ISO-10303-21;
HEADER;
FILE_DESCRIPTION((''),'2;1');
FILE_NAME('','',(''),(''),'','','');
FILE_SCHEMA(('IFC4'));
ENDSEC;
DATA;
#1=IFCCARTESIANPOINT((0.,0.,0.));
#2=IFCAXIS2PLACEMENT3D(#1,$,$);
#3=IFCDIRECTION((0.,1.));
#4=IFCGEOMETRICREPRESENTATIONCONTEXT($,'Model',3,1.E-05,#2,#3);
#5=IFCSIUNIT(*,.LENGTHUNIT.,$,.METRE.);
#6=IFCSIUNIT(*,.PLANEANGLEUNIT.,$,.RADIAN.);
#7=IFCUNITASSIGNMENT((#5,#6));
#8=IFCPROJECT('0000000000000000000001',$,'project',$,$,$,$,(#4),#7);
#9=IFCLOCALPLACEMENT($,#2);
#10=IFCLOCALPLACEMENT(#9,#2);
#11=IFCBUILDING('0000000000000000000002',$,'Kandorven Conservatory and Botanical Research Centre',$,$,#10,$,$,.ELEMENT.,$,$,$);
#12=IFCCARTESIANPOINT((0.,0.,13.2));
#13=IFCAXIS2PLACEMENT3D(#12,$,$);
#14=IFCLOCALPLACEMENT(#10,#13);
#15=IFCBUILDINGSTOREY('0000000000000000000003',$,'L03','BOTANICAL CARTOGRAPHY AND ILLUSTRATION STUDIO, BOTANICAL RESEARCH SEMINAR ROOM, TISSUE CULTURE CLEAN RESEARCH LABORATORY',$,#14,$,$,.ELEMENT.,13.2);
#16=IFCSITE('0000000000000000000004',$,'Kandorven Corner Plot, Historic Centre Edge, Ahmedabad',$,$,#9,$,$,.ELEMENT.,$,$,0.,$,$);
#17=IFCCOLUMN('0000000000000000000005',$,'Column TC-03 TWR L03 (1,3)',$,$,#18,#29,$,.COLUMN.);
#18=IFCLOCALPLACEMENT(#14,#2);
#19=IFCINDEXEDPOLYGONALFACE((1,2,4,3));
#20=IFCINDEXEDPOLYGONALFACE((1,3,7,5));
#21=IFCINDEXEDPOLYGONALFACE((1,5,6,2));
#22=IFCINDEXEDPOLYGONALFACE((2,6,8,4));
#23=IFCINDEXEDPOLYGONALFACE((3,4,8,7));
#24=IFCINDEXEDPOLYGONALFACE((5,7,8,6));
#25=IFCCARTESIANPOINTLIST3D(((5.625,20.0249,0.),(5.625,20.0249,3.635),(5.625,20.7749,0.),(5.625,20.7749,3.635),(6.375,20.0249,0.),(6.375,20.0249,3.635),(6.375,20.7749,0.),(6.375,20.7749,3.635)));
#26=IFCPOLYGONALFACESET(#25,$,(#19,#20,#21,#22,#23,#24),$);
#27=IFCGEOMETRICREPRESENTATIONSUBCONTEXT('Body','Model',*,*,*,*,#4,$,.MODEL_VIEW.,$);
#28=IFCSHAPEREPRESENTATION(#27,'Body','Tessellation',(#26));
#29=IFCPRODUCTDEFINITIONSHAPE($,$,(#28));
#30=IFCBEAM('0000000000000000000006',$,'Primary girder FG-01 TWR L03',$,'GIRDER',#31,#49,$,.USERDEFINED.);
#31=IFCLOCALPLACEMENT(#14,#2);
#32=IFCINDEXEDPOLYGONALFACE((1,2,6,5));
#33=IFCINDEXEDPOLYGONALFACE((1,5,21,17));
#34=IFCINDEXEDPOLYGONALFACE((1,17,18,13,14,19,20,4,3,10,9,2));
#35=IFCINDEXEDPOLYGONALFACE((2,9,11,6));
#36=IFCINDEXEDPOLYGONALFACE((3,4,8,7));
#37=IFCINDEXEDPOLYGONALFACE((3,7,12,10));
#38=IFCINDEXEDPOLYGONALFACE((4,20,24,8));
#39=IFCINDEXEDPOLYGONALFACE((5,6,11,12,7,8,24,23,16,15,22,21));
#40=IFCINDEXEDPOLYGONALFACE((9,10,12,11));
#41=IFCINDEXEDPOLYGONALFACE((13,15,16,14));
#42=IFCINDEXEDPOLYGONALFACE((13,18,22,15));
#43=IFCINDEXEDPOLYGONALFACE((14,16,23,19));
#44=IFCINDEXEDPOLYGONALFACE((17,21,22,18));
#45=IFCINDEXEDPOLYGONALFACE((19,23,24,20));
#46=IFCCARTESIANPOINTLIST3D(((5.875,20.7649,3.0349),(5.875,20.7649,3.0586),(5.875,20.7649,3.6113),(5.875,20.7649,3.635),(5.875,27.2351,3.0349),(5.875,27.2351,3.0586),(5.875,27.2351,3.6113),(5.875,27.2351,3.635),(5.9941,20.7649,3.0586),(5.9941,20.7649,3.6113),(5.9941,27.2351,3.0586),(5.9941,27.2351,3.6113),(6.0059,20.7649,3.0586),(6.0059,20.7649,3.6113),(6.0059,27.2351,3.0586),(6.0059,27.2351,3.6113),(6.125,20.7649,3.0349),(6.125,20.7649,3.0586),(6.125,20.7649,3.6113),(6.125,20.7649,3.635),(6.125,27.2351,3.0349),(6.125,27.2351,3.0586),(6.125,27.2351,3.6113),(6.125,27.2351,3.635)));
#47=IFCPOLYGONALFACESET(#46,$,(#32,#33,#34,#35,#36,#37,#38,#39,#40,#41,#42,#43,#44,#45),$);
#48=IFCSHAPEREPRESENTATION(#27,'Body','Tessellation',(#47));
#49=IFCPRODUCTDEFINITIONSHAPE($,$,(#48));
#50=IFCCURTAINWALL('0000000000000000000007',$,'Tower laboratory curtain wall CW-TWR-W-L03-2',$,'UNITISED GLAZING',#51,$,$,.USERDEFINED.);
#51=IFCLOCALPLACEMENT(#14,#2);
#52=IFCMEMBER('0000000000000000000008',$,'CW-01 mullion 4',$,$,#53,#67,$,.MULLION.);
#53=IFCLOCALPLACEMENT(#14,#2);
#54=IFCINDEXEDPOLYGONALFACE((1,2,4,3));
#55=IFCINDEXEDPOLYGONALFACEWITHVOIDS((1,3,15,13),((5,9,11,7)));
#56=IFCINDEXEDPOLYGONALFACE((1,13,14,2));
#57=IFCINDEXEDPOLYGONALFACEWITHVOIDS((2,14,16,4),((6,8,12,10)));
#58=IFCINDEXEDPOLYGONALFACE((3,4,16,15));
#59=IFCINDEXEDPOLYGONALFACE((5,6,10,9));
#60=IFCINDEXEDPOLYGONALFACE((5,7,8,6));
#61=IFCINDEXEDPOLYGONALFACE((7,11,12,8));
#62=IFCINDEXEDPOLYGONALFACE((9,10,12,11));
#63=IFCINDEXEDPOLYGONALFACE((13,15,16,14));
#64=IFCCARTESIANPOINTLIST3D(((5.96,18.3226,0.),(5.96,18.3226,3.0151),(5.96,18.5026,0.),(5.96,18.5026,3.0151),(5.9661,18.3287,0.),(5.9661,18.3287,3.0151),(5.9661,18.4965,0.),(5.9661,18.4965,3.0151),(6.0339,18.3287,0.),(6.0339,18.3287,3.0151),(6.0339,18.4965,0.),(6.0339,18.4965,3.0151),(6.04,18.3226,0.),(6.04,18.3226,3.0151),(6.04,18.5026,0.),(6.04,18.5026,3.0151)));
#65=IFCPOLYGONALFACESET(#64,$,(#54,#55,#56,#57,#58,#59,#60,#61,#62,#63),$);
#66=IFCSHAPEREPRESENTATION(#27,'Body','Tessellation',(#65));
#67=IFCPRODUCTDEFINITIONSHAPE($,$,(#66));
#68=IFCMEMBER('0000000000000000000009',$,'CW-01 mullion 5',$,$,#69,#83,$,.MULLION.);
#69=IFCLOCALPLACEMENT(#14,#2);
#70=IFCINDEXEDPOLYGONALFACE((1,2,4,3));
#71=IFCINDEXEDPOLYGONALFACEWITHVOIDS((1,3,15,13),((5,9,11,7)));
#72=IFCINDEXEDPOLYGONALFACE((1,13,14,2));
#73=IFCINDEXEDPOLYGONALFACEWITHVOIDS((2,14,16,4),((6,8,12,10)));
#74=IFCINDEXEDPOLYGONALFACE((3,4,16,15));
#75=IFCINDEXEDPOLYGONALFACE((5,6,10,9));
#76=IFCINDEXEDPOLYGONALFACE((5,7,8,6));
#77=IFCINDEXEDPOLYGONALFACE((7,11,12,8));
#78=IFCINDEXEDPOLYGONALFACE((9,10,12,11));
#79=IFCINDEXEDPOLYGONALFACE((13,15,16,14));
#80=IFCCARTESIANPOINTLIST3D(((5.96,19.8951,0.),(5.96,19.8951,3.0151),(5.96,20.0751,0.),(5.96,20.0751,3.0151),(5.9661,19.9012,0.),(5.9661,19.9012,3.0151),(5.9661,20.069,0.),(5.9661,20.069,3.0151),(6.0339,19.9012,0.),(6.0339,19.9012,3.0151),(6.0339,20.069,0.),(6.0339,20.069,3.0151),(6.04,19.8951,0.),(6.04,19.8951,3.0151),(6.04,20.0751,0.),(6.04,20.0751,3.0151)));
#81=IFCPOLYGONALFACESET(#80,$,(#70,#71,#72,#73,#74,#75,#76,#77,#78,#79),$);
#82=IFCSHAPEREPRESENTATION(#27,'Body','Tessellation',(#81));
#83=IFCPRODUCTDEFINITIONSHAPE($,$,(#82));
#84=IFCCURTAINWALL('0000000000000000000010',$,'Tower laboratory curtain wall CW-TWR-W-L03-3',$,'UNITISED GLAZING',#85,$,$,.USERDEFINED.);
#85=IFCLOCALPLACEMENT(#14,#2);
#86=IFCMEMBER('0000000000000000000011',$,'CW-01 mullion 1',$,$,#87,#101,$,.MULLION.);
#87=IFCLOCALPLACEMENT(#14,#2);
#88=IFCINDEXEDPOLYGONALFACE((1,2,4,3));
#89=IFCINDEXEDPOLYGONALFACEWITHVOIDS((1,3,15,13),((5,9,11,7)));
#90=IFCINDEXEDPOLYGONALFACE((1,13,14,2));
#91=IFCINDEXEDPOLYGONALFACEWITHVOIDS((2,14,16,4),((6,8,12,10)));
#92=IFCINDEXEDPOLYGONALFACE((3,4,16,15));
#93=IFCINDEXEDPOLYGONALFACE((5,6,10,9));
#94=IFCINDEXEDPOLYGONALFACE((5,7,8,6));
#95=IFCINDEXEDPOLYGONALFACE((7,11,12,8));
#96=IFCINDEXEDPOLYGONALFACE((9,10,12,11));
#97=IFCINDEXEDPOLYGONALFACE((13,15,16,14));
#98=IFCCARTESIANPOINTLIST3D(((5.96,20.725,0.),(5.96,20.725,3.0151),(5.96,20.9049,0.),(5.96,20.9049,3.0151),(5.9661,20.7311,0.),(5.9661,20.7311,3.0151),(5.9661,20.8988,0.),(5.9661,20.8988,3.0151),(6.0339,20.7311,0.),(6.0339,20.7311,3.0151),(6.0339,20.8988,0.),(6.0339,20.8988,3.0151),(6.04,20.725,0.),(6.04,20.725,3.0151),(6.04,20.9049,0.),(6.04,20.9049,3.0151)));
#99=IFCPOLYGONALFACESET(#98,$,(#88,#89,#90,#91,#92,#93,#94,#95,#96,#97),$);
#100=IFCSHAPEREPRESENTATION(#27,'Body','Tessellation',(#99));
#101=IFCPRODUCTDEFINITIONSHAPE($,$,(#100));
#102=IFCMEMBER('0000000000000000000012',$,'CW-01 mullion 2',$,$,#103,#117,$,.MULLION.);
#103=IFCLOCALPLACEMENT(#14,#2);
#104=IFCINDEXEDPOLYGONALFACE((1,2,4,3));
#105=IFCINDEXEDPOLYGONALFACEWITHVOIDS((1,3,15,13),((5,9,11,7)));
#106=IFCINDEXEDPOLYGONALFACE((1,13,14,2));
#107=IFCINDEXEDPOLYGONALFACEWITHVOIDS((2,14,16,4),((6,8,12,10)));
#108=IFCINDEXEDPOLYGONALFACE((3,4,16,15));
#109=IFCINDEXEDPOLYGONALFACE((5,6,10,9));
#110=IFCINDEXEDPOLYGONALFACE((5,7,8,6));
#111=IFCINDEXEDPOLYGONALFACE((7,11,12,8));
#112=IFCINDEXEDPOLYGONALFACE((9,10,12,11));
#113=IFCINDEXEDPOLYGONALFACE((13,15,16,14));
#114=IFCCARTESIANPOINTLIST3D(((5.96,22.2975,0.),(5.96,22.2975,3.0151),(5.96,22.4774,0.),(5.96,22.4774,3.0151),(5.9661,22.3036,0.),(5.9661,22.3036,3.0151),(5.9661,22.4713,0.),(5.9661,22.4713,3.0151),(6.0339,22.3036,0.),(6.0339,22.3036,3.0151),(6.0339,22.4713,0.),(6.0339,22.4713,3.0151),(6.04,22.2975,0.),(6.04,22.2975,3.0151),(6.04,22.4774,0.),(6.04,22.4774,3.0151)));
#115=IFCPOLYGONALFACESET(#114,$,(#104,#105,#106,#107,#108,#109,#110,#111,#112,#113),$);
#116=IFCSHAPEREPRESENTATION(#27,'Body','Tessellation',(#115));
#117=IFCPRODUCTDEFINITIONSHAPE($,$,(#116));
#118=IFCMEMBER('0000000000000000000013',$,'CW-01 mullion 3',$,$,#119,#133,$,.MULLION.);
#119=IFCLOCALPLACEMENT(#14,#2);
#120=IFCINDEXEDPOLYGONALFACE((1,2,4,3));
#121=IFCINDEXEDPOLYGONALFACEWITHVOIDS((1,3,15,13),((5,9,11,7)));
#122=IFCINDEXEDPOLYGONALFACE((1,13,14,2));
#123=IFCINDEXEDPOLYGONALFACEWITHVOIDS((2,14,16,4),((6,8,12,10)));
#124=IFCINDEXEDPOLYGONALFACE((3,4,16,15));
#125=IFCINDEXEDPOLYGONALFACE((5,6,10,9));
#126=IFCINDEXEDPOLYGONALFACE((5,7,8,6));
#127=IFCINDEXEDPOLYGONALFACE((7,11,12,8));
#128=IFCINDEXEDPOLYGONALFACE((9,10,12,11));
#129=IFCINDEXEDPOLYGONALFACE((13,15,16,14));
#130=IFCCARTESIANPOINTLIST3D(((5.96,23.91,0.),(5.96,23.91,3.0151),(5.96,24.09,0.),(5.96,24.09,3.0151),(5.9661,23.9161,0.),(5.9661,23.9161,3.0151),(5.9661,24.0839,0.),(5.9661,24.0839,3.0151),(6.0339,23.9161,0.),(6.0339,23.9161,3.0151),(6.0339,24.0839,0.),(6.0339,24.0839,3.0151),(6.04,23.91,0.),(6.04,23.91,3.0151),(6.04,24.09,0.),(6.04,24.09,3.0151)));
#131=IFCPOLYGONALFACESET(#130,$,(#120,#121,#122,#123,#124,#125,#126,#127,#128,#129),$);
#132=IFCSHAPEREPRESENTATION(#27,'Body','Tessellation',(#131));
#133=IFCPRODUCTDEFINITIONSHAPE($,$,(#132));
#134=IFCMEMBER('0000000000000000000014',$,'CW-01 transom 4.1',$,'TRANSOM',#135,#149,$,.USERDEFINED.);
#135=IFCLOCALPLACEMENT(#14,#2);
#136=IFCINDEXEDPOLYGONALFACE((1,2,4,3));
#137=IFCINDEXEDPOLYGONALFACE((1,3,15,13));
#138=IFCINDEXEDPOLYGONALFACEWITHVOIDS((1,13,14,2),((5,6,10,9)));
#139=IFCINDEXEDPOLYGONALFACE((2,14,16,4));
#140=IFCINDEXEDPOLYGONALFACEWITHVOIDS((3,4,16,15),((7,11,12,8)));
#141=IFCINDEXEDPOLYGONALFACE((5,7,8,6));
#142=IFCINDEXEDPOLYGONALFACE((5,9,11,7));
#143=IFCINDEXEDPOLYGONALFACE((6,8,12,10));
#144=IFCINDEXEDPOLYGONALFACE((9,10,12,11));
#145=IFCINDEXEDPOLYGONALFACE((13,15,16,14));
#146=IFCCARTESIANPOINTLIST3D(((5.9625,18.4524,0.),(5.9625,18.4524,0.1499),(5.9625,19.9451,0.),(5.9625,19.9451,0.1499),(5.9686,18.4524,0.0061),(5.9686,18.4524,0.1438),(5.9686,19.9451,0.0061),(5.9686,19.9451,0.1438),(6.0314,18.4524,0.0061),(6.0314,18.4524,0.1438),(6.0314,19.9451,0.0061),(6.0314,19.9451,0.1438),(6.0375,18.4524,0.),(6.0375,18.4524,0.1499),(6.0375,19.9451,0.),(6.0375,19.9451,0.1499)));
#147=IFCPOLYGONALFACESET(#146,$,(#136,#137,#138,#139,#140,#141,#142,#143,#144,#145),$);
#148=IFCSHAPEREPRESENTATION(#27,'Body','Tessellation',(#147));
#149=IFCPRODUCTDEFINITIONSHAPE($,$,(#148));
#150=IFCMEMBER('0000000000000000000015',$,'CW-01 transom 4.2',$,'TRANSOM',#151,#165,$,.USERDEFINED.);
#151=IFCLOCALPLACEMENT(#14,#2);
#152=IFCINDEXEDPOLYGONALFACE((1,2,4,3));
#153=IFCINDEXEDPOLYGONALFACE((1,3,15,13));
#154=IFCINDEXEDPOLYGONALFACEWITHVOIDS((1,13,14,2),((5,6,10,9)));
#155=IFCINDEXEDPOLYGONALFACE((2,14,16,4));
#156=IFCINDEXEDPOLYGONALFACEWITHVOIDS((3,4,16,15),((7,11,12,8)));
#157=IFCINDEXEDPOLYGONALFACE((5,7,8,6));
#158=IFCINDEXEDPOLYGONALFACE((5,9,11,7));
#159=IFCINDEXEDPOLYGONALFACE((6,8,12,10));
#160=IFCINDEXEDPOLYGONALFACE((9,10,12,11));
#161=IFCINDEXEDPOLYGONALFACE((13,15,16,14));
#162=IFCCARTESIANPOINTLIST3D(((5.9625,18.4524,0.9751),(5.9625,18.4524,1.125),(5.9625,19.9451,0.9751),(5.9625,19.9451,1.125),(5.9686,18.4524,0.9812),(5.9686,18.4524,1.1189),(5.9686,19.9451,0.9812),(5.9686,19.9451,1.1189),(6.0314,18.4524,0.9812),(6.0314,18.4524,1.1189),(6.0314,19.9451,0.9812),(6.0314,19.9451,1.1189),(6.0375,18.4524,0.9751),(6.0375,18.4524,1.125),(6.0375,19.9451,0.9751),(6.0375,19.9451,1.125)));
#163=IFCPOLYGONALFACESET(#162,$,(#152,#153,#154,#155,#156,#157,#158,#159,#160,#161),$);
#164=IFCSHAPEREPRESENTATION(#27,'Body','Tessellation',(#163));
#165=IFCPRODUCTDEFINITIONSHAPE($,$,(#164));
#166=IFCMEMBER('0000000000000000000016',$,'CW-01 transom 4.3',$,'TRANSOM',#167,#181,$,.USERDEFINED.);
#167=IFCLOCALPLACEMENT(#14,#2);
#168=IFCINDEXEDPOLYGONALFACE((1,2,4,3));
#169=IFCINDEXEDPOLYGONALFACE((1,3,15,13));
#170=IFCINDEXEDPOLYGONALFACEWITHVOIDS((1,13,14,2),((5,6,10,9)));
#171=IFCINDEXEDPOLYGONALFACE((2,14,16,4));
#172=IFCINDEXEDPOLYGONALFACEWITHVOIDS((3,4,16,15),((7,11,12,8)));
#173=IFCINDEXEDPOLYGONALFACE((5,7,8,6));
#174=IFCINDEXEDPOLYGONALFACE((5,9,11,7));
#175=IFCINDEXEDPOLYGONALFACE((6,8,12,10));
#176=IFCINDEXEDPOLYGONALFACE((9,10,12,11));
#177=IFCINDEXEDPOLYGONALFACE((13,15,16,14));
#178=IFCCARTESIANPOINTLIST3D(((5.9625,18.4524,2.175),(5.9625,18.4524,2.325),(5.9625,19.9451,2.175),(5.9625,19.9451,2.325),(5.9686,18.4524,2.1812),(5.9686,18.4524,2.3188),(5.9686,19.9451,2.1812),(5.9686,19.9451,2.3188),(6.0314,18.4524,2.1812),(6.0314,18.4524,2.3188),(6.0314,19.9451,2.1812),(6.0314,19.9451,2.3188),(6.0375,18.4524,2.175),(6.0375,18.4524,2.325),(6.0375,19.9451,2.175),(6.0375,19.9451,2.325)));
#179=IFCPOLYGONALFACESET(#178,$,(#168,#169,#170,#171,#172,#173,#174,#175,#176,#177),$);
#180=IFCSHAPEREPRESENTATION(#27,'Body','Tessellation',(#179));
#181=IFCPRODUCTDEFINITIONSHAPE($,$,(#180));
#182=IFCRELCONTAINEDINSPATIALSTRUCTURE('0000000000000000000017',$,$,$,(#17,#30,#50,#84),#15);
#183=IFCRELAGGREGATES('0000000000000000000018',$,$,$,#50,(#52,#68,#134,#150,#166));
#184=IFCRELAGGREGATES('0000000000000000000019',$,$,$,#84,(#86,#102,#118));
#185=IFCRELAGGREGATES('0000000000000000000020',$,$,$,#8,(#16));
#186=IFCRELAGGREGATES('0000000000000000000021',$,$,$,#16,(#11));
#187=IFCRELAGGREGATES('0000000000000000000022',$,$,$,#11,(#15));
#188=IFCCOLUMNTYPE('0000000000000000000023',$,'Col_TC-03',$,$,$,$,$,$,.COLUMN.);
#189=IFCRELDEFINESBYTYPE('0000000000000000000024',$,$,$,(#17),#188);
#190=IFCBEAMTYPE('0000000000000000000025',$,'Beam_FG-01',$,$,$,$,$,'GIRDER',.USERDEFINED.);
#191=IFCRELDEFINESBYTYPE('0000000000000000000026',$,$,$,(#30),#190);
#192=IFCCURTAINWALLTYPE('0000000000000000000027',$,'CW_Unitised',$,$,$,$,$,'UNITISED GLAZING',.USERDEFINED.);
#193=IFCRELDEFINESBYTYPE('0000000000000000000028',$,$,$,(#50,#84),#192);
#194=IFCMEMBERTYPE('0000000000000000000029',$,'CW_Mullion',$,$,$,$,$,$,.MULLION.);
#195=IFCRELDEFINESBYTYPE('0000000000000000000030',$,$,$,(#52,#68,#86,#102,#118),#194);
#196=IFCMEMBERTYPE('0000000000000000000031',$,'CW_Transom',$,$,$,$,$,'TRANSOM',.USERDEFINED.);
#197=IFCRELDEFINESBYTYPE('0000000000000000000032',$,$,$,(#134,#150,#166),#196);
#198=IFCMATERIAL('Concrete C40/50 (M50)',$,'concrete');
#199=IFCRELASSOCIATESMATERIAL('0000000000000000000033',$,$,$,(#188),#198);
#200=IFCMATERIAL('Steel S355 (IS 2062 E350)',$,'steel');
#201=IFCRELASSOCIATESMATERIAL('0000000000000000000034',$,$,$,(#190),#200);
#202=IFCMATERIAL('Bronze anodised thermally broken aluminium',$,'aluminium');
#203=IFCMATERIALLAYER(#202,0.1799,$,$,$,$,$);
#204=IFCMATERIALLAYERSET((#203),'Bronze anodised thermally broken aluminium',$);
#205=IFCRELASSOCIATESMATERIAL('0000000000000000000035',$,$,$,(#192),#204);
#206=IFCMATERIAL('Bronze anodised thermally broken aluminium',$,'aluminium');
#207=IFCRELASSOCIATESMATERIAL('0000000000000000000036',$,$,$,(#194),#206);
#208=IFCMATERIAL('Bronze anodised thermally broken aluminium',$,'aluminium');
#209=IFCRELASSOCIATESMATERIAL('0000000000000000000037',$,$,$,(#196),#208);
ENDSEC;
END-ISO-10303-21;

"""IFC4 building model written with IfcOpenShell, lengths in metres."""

from ifc_helpers import new_model, si_unit, direction, frame, origin, origin_2d, place, context, subcontext, project, spatial, rectangle, hollow_rectangle, i_section, extrude, material, layer, layer_set, material_profile, profile_set, type_object, element, aggregate, save


model = new_model("IFC4")

# Units and contexts
model_context = context("Model", 3, precision=1e-05, world=origin(), true_north=direction((0.0, 1.0)))
body_context = subcontext(model_context, "Body", "Model", "MODEL_VIEW")
ifc_project = project(units=[si_unit("LENGTHUNIT", "METRE"), si_unit("PLANEANGLEUNIT", "RADIAN")], contexts=[model_context])

# Site, building, storey
site_placement = place(None, origin())
site = spatial("IfcSite", under=ifc_project, at=site_placement, Name="Kandorven Corner Plot, Historic Centre Edge, Ahmedabad", CompositionType="ELEMENT", RefElevation=0.0)
building_placement = place(site_placement, origin())
building = spatial("IfcBuilding", under=site, at=building_placement, Name="Kandorven Conservatory and Botanical Research Centre", CompositionType="ELEMENT")
storey_placement = place(building_placement, frame((0.0, 0.0, 13.2)))
storey = spatial("IfcBuildingStorey", under=building, at=storey_placement, Name="L03", Description="BOTANICAL CARTOGRAPHY AND ILLUSTRATION STUDIO, BOTANICAL RESEARCH SEMINAR ROOM, TISSUE CULTURE CLEAN RESEARCH LABORATORY", CompositionType="ELEMENT", Elevation=13.2)

# Column
ifc_material_1 = material(Name="Concrete C40/50 (M50)", Category="concrete")
ifc_material_profile_1 = material_profile(ifc_material_1, rectangle(XDim=0.75, YDim=0.75, at=origin_2d()))
ifc_profile_set_1 = profile_set([ifc_material_profile_1], Name="Concrete C40/50 (M50)")
column_type = type_object("IfcColumnType", Name="Col_TC-03", PredefinedType="COLUMN", material=ifc_profile_set_1)
column_placement = place(storey_placement, frame((6.0, 20.3999, 0.0), z_axis=(0.0, 0.0, 1.0), x_axis=(1.0, 0.0, 0.0)))
element("IfcColumn", 1, at=column_placement, inside=storey, type_object=column_type, Name="Column TC-03 TWR L03 (1,3)", PredefinedType="COLUMN", context=body_context, shape_type="SweptSolid", body=[
    extrude(rectangle(XDim=0.75, YDim=0.75, at=origin_2d()), origin(), (0.0, 0.0, 1.0), 3.635),
])

# Beam
ifc_material_2 = material(Name="Steel S355 (IS 2062 E350)", Category="steel")
ifc_material_profile_2 = material_profile(ifc_material_2, i_section(OverallWidth=0.25, OverallDepth=0.6001, WebThickness=0.0117, FlangeThickness=0.0237, at=origin_2d()))
ifc_profile_set_2 = profile_set([ifc_material_profile_2], Name="Steel S355 (IS 2062 E350)")
beam_type = type_object("IfcBeamType", Name="Beam_FG-01", ElementType="GIRDER", PredefinedType="USERDEFINED", material=ifc_profile_set_2)
beam_placement = place(storey_placement, frame((6.0, 20.7649, 3.335), z_axis=(0.0, 1.0, 0.0), x_axis=(-1.0, 0.0, 0.0)))
element("IfcBeam", 2, at=beam_placement, inside=storey, type_object=beam_type, Name="Primary girder FG-01 TWR L03", ObjectType="GIRDER", PredefinedType="USERDEFINED", context=body_context, shape_type="SweptSolid", body=[
    extrude(i_section(OverallWidth=0.25, OverallDepth=0.6001, WebThickness=0.0117, FlangeThickness=0.0237, at=origin_2d()), origin(), (0.0, 0.0, 1.0), 6.4702),
])

# Curtain walls, members
ifc_material_3 = material(Name="Bronze anodised thermally broken aluminium", Category="aluminium")
ifc_layer_1 = layer(ifc_material_3, 0.1799)
ifc_layer_set_1 = layer_set([ifc_layer_1], Name="Bronze anodised thermally broken aluminium")
curtain_wall_type = type_object("IfcCurtainWallType", Name="CW_Unitised", ElementType="UNITISED GLAZING", PredefinedType="USERDEFINED", material=ifc_layer_set_1)
curtain_wall_1_placement = place(storey_placement, origin())
curtain_wall_1 = element("IfcCurtainWall", 3, at=curtain_wall_1_placement, inside=storey, type_object=curtain_wall_type, Name="Tower laboratory curtain wall CW-TWR-W-L03-2", ObjectType="UNITISED GLAZING", PredefinedType="USERDEFINED")
ifc_material_4 = material(Name="Bronze anodised thermally broken aluminium", Category="aluminium")
ifc_material_profile_3 = material_profile(ifc_material_4, hollow_rectangle(XDim=0.0801, YDim=0.1799, WallThickness=0.0061, at=origin_2d()))
ifc_profile_set_3 = profile_set([ifc_material_profile_3], Name="Bronze anodised thermally broken aluminium")
member_type_1 = type_object("IfcMemberType", Name="CW_Mullion", PredefinedType="MULLION", material=ifc_profile_set_3)
member_1_placement = place(storey_placement, frame((6.0, 18.4126, 0.0), z_axis=(0.0, 0.0, 1.0), x_axis=(-1.0, 0.0, 0.0)))
member_1 = element("IfcMember", 4, at=member_1_placement, type_object=member_type_1, Name="CW-01 mullion 4", PredefinedType="MULLION", context=body_context, shape_type="SweptSolid", body=[
    extrude(hollow_rectangle(XDim=0.0801, YDim=0.1799, WallThickness=0.0061, at=origin_2d()), origin(), (0.0, 0.0, 1.0), 3.0151),
])
member_2_placement = place(storey_placement, frame((6.0, 19.9851, 0.0), z_axis=(0.0, 0.0, 1.0), x_axis=(-1.0, 0.0, 0.0)))
member_2 = element("IfcMember", 5, at=member_2_placement, type_object=member_type_1, Name="CW-01 mullion 5", PredefinedType="MULLION", context=body_context, shape_type="SweptSolid", body=[
    extrude(hollow_rectangle(XDim=0.0801, YDim=0.1799, WallThickness=0.0061, at=origin_2d()), origin(), (0.0, 0.0, 1.0), 3.0151),
])
curtain_wall_2_placement = place(storey_placement, origin())
curtain_wall_2 = element("IfcCurtainWall", 6, at=curtain_wall_2_placement, inside=storey, type_object=curtain_wall_type, Name="Tower laboratory curtain wall CW-TWR-W-L03-3", ObjectType="UNITISED GLAZING", PredefinedType="USERDEFINED")
member_3_placement = place(storey_placement, frame((6.0, 20.8149, 0.0), z_axis=(0.0, 0.0, 1.0), x_axis=(-1.0, 0.0, 0.0)))
member_3 = element("IfcMember", 7, at=member_3_placement, type_object=member_type_1, Name="CW-01 mullion 1", PredefinedType="MULLION", context=body_context, shape_type="SweptSolid", body=[
    extrude(hollow_rectangle(XDim=0.0801, YDim=0.1799, WallThickness=0.0061, at=origin_2d()), origin(), (0.0, 0.0, 1.0), 3.0151),
])
member_4_placement = place(storey_placement, frame((6.0, 22.3875, 0.0), z_axis=(0.0, 0.0, 1.0), x_axis=(-1.0, 0.0, 0.0)))
member_4 = element("IfcMember", 8, at=member_4_placement, type_object=member_type_1, Name="CW-01 mullion 2", PredefinedType="MULLION", context=body_context, shape_type="SweptSolid", body=[
    extrude(hollow_rectangle(XDim=0.0801, YDim=0.1799, WallThickness=0.0061, at=origin_2d()), origin(), (0.0, 0.0, 1.0), 3.0151),
])
member_5_placement = place(storey_placement, frame((6.0, 24.0, 0.0), z_axis=(0.0, 0.0, 1.0), x_axis=(-1.0, 0.0, 0.0)))
member_5 = element("IfcMember", 9, at=member_5_placement, type_object=member_type_1, Name="CW-01 mullion 3", PredefinedType="MULLION", context=body_context, shape_type="SweptSolid", body=[
    extrude(hollow_rectangle(XDim=0.0801, YDim=0.1799, WallThickness=0.0061, at=origin_2d()), origin(), (0.0, 0.0, 1.0), 3.0151),
])

# Members
ifc_material_5 = material(Name="Bronze anodised thermally broken aluminium", Category="aluminium")
ifc_material_profile_4 = material_profile(ifc_material_5, hollow_rectangle(XDim=0.075, YDim=0.1499, WallThickness=0.0061, at=origin_2d()))
ifc_profile_set_4 = profile_set([ifc_material_profile_4], Name="Bronze anodised thermally broken aluminium")
member_type_2 = type_object("IfcMemberType", Name="CW_Transom", ElementType="TRANSOM", PredefinedType="USERDEFINED", material=ifc_profile_set_4)
member_6_placement = place(storey_placement, frame((6.0, 18.4524, 0.075), z_axis=(0.0, 1.0, 0.0), x_axis=(-1.0, 0.0, 0.0)))
member_6 = element("IfcMember", 10, at=member_6_placement, type_object=member_type_2, Name="CW-01 transom 4.1", ObjectType="TRANSOM", PredefinedType="USERDEFINED", context=body_context, shape_type="SweptSolid", body=[
    extrude(hollow_rectangle(XDim=0.075, YDim=0.1499, WallThickness=0.0061, at=origin_2d()), origin(), (0.0, 0.0, 1.0), 1.4927),
])
member_7_placement = place(storey_placement, frame((6.0, 18.4524, 1.05), z_axis=(0.0, 1.0, 0.0), x_axis=(-1.0, 0.0, 0.0)))
member_7 = element("IfcMember", 11, at=member_7_placement, type_object=member_type_2, Name="CW-01 transom 4.2", ObjectType="TRANSOM", PredefinedType="USERDEFINED", context=body_context, shape_type="SweptSolid", body=[
    extrude(hollow_rectangle(XDim=0.075, YDim=0.1499, WallThickness=0.0061, at=origin_2d()), origin(), (0.0, 0.0, 1.0), 1.4927),
])
member_8_placement = place(storey_placement, frame((6.0, 18.4524, 2.25), z_axis=(0.0, 1.0, 0.0), x_axis=(-1.0, 0.0, 0.0)))
member_8 = element("IfcMember", 12, at=member_8_placement, type_object=member_type_2, Name="CW-01 transom 4.3", ObjectType="TRANSOM", PredefinedType="USERDEFINED", context=body_context, shape_type="SweptSolid", body=[
    extrude(hollow_rectangle(XDim=0.075, YDim=0.1499, WallThickness=0.0061, at=origin_2d()), origin(), (0.0, 0.0, 1.0), 1.4927),
])

aggregate(curtain_wall_1, [member_1, member_2, member_6, member_7, member_8])
aggregate(curtain_wall_2, [member_3, member_4, member_5])

save(model, "model.ifc")
